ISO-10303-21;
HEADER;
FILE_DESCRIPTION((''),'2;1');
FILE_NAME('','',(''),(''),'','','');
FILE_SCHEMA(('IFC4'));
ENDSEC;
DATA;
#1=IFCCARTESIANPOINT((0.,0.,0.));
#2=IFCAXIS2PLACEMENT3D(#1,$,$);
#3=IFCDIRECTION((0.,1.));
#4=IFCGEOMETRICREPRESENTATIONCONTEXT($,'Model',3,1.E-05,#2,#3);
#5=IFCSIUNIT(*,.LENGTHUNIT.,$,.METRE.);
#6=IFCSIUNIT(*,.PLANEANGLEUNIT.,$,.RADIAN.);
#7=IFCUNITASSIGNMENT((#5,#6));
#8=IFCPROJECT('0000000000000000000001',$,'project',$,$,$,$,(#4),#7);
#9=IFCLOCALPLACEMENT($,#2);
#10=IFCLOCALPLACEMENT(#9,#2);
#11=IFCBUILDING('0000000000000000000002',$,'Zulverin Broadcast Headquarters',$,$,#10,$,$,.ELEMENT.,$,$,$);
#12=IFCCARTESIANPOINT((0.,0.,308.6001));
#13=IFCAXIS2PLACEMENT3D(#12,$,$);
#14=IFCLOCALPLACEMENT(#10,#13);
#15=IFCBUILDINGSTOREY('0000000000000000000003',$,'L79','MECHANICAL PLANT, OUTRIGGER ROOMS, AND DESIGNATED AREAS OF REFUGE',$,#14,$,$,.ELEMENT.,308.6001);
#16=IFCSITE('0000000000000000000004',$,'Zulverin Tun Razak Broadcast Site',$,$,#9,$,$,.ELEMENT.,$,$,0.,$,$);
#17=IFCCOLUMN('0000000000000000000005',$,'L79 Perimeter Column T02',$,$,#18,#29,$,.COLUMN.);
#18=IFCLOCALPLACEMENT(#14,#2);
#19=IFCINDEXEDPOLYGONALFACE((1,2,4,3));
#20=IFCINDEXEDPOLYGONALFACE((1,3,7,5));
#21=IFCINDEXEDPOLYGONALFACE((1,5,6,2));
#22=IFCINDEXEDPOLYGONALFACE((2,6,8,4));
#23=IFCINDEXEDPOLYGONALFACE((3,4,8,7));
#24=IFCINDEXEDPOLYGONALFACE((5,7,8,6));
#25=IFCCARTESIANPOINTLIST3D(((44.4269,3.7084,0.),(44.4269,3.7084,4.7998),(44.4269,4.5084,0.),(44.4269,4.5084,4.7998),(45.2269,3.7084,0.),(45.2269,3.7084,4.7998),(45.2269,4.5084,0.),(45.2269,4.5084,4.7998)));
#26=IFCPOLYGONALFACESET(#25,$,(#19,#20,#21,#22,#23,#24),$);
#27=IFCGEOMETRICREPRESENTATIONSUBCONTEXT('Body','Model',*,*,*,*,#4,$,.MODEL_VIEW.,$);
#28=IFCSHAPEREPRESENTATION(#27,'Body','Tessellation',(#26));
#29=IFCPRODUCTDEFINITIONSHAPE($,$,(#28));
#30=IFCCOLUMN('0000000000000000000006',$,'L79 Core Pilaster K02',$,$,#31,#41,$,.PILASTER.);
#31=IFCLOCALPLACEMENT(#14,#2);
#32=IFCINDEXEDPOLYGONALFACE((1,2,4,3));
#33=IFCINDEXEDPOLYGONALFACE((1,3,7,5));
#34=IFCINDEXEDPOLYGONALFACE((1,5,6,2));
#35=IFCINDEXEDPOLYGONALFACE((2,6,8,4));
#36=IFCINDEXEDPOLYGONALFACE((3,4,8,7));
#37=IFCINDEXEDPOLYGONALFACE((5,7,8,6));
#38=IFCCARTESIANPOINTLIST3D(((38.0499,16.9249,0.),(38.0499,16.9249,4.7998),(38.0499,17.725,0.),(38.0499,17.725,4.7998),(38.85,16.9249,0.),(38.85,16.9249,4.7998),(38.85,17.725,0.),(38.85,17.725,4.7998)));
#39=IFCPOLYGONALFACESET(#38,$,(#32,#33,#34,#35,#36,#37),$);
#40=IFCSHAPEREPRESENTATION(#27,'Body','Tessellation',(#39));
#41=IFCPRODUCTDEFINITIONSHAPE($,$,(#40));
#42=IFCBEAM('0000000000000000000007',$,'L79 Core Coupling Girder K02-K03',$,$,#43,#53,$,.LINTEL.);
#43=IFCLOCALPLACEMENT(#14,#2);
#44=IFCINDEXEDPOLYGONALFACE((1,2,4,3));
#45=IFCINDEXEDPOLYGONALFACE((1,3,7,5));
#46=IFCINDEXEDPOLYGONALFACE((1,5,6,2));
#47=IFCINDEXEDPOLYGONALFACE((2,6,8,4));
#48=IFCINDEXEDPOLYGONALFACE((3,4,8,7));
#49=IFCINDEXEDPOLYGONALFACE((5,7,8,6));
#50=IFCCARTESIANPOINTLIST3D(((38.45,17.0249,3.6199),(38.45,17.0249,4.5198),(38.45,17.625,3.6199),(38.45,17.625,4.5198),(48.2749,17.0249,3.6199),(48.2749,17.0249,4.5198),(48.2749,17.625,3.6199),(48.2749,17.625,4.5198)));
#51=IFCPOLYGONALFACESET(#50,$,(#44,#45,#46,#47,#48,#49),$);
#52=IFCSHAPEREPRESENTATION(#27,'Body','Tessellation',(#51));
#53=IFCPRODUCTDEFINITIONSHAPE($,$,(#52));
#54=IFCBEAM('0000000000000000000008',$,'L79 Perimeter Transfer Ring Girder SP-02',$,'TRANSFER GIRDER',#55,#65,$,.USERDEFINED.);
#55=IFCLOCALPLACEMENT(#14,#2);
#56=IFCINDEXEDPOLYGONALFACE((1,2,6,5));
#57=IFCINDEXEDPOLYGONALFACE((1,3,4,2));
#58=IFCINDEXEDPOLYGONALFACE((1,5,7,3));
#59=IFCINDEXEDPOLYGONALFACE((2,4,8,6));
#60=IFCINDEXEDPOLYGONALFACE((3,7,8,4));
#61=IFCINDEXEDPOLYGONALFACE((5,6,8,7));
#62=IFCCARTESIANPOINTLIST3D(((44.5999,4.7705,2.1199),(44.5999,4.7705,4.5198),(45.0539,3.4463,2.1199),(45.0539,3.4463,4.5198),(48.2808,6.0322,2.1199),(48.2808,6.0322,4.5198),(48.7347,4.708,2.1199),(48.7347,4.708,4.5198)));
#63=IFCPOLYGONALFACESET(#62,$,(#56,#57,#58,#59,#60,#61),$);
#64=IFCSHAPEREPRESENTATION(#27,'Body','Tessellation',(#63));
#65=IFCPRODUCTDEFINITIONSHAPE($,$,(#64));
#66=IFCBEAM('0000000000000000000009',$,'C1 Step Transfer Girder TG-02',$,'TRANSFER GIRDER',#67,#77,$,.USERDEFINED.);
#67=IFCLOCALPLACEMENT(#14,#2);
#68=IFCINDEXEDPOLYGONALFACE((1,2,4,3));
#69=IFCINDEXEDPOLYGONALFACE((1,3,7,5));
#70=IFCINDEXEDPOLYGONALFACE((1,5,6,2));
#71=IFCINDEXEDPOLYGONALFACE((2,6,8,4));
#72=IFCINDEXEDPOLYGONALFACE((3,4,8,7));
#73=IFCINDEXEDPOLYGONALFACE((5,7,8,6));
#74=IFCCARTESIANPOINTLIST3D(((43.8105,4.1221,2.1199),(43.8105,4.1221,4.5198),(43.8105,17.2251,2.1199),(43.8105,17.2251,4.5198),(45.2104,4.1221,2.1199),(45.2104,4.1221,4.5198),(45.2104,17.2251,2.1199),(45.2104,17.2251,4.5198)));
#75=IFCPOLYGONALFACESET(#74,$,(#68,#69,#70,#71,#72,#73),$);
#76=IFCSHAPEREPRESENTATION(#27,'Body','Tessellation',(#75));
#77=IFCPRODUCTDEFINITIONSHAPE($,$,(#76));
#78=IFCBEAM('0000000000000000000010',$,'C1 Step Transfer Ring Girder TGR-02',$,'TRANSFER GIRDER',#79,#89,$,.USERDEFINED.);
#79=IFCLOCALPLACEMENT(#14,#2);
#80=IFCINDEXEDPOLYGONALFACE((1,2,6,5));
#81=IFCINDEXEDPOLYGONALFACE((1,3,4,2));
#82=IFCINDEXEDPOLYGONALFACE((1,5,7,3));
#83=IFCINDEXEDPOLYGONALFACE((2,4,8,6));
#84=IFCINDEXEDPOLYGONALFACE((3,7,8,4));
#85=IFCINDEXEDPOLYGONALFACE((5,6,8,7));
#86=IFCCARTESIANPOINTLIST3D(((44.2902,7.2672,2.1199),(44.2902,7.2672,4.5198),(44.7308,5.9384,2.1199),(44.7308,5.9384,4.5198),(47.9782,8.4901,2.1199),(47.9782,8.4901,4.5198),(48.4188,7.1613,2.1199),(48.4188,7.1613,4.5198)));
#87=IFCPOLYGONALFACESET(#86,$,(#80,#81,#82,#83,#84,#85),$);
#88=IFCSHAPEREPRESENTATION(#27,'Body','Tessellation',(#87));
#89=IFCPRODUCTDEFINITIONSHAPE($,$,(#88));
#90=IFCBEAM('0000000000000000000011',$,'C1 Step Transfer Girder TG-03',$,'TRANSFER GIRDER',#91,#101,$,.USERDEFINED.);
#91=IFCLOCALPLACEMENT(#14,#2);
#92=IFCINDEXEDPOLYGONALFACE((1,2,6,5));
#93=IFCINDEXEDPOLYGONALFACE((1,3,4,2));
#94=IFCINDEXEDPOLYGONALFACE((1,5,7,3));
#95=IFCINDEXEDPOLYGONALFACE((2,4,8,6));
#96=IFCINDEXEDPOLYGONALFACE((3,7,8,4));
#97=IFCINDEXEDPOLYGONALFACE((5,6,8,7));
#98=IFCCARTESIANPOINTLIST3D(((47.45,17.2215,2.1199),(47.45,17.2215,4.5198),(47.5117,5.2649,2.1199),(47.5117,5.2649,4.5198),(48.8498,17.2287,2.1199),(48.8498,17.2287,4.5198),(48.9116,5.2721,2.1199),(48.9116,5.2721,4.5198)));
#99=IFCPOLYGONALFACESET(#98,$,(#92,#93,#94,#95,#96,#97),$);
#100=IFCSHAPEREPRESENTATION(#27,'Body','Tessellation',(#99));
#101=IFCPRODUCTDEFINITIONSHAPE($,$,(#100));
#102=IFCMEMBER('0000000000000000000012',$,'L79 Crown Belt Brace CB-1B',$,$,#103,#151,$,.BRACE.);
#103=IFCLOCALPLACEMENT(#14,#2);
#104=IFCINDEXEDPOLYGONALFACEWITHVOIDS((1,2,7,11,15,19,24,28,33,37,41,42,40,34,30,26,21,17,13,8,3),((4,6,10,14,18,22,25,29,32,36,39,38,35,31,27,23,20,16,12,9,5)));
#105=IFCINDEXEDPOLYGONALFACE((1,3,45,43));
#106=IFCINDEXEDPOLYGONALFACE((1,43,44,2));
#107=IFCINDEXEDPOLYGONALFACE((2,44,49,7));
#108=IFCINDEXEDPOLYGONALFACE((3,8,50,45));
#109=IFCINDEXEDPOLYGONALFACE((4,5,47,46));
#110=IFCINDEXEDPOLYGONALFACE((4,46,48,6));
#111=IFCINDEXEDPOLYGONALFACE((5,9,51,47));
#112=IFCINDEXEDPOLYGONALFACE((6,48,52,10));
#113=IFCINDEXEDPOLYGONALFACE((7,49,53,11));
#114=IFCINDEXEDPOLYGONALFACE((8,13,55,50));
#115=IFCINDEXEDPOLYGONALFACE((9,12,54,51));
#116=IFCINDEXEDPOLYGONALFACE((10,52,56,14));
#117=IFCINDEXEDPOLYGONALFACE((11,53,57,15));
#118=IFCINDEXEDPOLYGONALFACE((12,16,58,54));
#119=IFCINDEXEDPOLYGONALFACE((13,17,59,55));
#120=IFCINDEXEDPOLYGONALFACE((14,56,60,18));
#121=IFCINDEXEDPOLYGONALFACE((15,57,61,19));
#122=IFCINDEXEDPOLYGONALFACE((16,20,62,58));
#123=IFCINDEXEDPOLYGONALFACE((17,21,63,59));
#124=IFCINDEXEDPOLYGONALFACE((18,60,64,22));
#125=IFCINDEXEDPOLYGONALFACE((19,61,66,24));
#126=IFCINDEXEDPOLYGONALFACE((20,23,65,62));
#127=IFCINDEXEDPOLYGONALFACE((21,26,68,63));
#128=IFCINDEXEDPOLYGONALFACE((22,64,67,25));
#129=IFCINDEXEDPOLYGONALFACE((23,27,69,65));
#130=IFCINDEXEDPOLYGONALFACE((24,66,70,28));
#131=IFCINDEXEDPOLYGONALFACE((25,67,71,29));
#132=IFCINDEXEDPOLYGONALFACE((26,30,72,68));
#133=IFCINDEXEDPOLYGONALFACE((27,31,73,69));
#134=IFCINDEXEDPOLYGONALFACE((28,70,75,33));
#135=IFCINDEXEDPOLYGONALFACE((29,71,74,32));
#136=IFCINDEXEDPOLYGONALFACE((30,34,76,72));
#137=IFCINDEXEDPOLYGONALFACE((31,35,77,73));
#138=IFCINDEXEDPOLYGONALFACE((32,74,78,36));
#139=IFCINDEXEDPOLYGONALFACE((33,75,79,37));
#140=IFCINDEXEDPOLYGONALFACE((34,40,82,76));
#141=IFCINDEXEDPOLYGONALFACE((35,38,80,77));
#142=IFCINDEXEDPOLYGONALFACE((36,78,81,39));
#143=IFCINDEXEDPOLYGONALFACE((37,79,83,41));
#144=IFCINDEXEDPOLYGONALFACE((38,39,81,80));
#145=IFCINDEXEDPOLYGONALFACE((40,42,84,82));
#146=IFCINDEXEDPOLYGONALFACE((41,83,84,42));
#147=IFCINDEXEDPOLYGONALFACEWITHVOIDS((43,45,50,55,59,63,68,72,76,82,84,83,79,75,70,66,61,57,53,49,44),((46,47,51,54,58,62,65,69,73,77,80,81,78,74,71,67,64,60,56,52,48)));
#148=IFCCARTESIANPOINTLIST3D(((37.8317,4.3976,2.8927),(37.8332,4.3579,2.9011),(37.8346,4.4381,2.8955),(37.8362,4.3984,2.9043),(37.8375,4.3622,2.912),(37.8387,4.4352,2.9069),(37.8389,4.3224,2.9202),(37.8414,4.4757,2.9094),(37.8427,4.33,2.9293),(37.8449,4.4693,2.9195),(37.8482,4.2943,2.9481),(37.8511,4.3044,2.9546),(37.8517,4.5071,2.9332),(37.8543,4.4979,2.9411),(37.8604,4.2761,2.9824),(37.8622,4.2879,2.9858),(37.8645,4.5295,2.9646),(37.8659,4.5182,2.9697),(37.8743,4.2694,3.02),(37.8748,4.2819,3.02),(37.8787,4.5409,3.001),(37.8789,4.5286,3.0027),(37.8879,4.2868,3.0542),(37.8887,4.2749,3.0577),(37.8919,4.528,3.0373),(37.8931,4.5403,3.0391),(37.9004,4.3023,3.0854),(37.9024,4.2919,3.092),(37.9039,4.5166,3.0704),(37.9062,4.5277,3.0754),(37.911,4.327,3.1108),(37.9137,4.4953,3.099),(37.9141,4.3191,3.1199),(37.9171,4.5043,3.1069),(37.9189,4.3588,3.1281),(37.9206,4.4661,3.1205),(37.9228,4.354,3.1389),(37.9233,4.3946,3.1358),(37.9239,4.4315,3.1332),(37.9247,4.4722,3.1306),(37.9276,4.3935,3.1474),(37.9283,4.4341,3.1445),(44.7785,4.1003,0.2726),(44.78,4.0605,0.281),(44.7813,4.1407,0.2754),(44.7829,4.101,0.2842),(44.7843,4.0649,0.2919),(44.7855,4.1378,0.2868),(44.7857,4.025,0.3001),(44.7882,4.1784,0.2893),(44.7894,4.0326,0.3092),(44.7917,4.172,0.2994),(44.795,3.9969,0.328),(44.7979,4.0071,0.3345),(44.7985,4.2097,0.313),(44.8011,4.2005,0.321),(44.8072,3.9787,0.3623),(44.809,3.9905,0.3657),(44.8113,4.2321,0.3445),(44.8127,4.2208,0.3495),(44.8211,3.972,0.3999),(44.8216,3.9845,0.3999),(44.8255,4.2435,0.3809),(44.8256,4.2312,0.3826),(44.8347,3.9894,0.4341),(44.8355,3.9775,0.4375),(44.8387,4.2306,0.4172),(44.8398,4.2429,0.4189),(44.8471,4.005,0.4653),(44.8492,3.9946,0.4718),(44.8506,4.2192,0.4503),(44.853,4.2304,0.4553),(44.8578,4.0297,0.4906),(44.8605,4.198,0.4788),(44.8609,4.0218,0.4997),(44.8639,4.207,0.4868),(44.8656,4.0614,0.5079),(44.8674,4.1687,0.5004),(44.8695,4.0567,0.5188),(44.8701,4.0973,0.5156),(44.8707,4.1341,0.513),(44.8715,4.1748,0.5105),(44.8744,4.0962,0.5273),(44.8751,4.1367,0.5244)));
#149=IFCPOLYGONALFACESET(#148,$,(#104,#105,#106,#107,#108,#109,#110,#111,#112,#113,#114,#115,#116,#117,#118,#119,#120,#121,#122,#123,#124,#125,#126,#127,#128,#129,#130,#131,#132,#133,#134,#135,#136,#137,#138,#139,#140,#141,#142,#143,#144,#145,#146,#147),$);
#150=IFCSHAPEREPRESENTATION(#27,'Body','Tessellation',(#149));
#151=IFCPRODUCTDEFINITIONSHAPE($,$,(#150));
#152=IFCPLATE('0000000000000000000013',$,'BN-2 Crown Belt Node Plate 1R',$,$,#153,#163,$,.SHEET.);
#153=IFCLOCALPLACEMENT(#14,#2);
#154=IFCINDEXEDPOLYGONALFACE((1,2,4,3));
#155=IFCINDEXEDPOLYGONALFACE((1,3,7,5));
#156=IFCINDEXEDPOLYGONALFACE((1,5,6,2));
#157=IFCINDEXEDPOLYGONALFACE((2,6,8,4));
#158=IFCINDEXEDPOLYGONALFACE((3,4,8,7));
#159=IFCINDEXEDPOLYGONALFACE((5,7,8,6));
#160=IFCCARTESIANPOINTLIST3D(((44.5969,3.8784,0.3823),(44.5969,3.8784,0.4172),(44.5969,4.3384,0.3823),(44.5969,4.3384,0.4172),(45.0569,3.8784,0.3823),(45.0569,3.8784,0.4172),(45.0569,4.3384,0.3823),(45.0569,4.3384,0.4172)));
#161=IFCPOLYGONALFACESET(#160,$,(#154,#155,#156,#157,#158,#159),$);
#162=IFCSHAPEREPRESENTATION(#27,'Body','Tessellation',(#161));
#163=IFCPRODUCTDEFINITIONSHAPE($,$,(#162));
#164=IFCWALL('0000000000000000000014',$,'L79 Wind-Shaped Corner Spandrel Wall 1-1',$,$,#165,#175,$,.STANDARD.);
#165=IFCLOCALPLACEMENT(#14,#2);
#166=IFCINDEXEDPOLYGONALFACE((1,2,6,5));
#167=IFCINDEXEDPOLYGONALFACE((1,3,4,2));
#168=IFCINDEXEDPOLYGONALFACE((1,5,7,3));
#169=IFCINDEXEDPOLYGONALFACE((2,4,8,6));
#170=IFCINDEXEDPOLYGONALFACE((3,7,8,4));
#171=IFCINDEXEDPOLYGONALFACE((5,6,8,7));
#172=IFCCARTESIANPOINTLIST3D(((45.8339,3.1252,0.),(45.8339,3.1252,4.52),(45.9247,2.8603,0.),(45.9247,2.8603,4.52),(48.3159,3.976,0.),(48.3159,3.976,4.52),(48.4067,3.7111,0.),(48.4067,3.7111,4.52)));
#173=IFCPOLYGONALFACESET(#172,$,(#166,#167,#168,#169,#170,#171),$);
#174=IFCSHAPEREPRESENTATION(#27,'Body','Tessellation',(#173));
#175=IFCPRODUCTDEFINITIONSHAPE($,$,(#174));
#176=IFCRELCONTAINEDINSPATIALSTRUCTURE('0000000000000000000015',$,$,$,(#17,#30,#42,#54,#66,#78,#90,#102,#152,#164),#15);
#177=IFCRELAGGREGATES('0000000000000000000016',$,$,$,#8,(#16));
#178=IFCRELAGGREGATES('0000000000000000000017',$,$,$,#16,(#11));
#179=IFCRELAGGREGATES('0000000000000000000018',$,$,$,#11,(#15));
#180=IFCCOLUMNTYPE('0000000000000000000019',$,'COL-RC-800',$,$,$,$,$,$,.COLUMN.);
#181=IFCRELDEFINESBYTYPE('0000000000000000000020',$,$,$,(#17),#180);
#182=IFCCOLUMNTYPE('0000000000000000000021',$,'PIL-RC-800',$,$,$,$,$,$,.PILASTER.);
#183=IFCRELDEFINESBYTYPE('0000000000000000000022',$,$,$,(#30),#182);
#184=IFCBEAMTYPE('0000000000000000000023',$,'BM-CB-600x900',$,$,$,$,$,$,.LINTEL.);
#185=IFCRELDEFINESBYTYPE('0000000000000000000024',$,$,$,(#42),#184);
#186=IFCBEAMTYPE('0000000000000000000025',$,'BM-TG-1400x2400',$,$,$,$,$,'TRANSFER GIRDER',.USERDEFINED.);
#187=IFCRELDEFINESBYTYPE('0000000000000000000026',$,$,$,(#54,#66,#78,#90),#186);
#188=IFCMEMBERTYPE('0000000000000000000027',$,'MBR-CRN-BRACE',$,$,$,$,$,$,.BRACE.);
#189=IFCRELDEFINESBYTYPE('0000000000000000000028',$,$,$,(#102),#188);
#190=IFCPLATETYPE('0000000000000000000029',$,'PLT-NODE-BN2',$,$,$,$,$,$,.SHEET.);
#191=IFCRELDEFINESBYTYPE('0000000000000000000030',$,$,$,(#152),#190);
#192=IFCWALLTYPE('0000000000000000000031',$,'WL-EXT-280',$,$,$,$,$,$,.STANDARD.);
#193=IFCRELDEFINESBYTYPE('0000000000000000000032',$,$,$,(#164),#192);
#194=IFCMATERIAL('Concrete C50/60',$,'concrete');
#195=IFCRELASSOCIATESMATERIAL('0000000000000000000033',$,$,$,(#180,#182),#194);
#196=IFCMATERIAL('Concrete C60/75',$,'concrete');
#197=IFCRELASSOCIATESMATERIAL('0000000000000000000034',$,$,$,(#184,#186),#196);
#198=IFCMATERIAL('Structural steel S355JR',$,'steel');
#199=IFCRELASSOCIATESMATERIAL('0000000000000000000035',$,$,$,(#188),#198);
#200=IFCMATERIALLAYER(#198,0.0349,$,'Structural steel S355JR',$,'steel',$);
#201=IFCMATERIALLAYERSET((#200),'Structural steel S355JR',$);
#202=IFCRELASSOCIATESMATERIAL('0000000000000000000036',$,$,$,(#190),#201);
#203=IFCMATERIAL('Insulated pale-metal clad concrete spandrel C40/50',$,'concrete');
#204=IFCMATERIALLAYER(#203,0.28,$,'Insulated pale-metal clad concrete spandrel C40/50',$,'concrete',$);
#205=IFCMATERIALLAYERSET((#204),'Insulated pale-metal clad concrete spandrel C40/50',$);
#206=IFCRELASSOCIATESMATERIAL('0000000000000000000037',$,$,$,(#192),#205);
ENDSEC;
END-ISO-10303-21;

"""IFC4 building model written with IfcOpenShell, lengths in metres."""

from ifc_helpers import new_model, si_unit, direction, frame, frame_2d, origin, origin_2d, place, context, subcontext, project, spatial, rectangle, hollow_circle, extrude, material, layer, layer_set, material_profile, profile_set, type_object, element, save


model = new_model("IFC4")

# Units and contexts
model_context = context("Model", 3, precision=1e-05, world=origin(), true_north=direction((0.0, 1.0)))
body_context = subcontext(model_context, "Body", "Model", "MODEL_VIEW")
ifc_project = project(units=[si_unit("LENGTHUNIT", "METRE"), si_unit("PLANEANGLEUNIT", "RADIAN")], contexts=[model_context])

# Site, building, storey
site_placement = place(None, origin())
site = spatial("IfcSite", under=ifc_project, at=site_placement, Name="Zulverin Tun Razak Broadcast Site", CompositionType="ELEMENT", RefElevation=0.0)
building_placement = place(site_placement, origin())
building = spatial("IfcBuilding", under=site, at=building_placement, Name="Zulverin Broadcast Headquarters", CompositionType="ELEMENT")
storey_placement = place(building_placement, frame((0.0, 0.0, 308.6001)))
storey = spatial("IfcBuildingStorey", under=building, at=storey_placement, Name="L79", Description="MECHANICAL PLANT, OUTRIGGER ROOMS, AND DESIGNATED AREAS OF REFUGE", CompositionType="ELEMENT", Elevation=308.6001)

# Columns
ifc_material_1 = material(Name="Concrete C50/60", Category="concrete")
ifc_material_profile_1 = material_profile(ifc_material_1, rectangle(XDim=0.8, YDim=0.8, at=origin_2d()), Name="Concrete C50/60", Category="concrete")
ifc_profile_set_1 = profile_set([ifc_material_profile_1], Name="Concrete C50/60")
column_type_1 = type_object("IfcColumnType", Name="COL-RC-800", PredefinedType="COLUMN", material=ifc_profile_set_1)
column_1_placement = place(storey_placement, frame((44.8269, 4.1084, 0.0), z_axis=(0.0, 0.0, 1.0), x_axis=(1.0, 0.0, 0.0)))
element("IfcColumn", 1, at=column_1_placement, inside=storey, type_object=column_type_1, Name="L79 Perimeter Column T02", PredefinedType="COLUMN", context=body_context, shape_type="SweptSolid", body=[
    extrude(rectangle(XDim=0.8, YDim=0.8, at=origin_2d()), origin(), (0.0, 0.0, 1.0), 4.7998),
])
ifc_material_profile_2 = material_profile(ifc_material_1, rectangle(XDim=0.8, YDim=0.8, at=origin_2d()), Name="Concrete C50/60", Category="concrete")
ifc_profile_set_2 = profile_set([ifc_material_profile_2], Name="Concrete C50/60")
column_type_2 = type_object("IfcColumnType", Name="PIL-RC-800", PredefinedType="PILASTER", material=ifc_profile_set_2)
column_2_placement = place(storey_placement, frame((38.45, 17.325, 0.0), z_axis=(0.0, 0.0, 1.0), x_axis=(1.0, 0.0, 0.0)))
element("IfcColumn", 2, at=column_2_placement, inside=storey, type_object=column_type_2, Name="L79 Core Pilaster K02", PredefinedType="PILASTER", context=body_context, shape_type="SweptSolid", body=[
    extrude(rectangle(XDim=0.8, YDim=0.8, at=origin_2d()), origin(), (0.0, 0.0, 1.0), 4.7998),
])

# Beams
ifc_material_2 = material(Name="Concrete C60/75", Category="concrete")
ifc_material_profile_3 = material_profile(ifc_material_2, rectangle(XDim=0.6001, YDim=0.8999, at=origin_2d()), Name="Concrete C60/75", Category="concrete")
ifc_profile_set_3 = profile_set([ifc_material_profile_3], Name="Concrete C60/75")
beam_type_1 = type_object("IfcBeamType", Name="BM-CB-600x900", PredefinedType="LINTEL", material=ifc_profile_set_3)
beam_1_placement = place(storey_placement, frame((38.45, 17.325, 4.0698), z_axis=(1.0, 0.0, 0.0), x_axis=(0.0, 1.0, 0.0)))
element("IfcBeam", 3, at=beam_1_placement, inside=storey, type_object=beam_type_1, Name="L79 Core Coupling Girder K02-K03", PredefinedType="LINTEL", context=body_context, shape_type="SweptSolid", body=[
    extrude(rectangle(XDim=0.6001, YDim=0.8999, at=origin_2d()), origin(), (0.0, 0.0, 1.0), 9.825),
])
ifc_material_profile_4 = material_profile(ifc_material_2, rectangle(XDim=1.3999, YDim=2.3999, at=origin_2d()), Name="Concrete C60/75", Category="concrete")
ifc_profile_set_4 = profile_set([ifc_material_profile_4], Name="Concrete C60/75")
beam_type_2 = type_object("IfcBeamType", Name="BM-TG-1400x2400", ElementType="TRANSFER GIRDER", PredefinedType="USERDEFINED", material=ifc_profile_set_4)
beam_2_placement = place(storey_placement, frame((44.8269, 4.1084, 3.3198), z_axis=(0.94597, 0.324254, 0.0), x_axis=(-0.324254, 0.94597, 0.0)))
element("IfcBeam", 4, at=beam_2_placement, inside=storey, type_object=beam_type_2, Name="L79 Perimeter Transfer Ring Girder SP-02", ObjectType="TRANSFER GIRDER", PredefinedType="USERDEFINED", context=body_context, shape_type="SweptSolid", body=[
    extrude(rectangle(XDim=1.3999, YDim=2.3999, at=origin_2d()), origin(), (0.0, 0.0, 1.0), 3.8911),
])
beam_3_placement = place(storey_placement, frame((44.5105, 17.2251, 3.3198), z_axis=(0.0, -1.0, 0.0), x_axis=(1.0, 0.0, 0.0)))
element("IfcBeam", 5, at=beam_3_placement, inside=storey, type_object=beam_type_2, Name="C1 Step Transfer Girder TG-02", ObjectType="TRANSFER GIRDER", PredefinedType="USERDEFINED", context=body_context, shape_type="SweptSolid", body=[
    extrude(rectangle(XDim=1.3999, YDim=2.3999, at=origin_2d()), origin(), (0.0, 0.0, 1.0), 13.103),
])
beam_4_placement = place(storey_placement, frame((44.5105, 6.6028, 3.3198), z_axis=(0.949179, 0.314738, 0.0), x_axis=(-0.314738, 0.949179, 0.0)))
element("IfcBeam", 6, at=beam_4_placement, inside=storey, type_object=beam_type_2, Name="C1 Step Transfer Ring Girder TGR-02", ObjectType="TRANSFER GIRDER", PredefinedType="USERDEFINED", context=body_context, shape_type="SweptSolid", body=[
    extrude(rectangle(XDim=1.3999, YDim=2.3999, at=origin_2d()), origin(), (0.0, 0.0, 1.0), 3.8855),
])
beam_5_placement = place(storey_placement, frame((48.1499, 17.2251, 3.3198), z_axis=(0.005166, -0.999987, 0.0), x_axis=(0.999987, 0.005166, 0.0)))
element("IfcBeam", 7, at=beam_5_placement, inside=storey, type_object=beam_type_2, Name="C1 Step Transfer Girder TG-03", ObjectType="TRANSFER GIRDER", PredefinedType="USERDEFINED", context=body_context, shape_type="SweptSolid", body=[
    extrude(rectangle(XDim=1.3999, YDim=2.3999, at=origin_2d()), origin(), (0.0, 0.0, 1.0), 11.9568),
])

# Member
ifc_material_3 = material(Name="Structural steel S355JR", Category="steel")
ifc_material_profile_5 = material_profile(ifc_material_3, hollow_circle(Radius=0.1365, WallThickness=0.0125, at=origin_2d()), Name="Structural steel S355JR", Category="steel")
ifc_profile_set_5 = profile_set([ifc_material_profile_5], Name="Structural steel S355JR")
member_type = type_object("IfcMemberType", Name="MBR-CRN-BRACE", PredefinedType="BRACE", material=ifc_profile_set_5)
member_placement = place(storey_placement, frame((44.8269, 4.1084, 0.3999), z_axis=(-0.93491, 0.04002, 0.35262), x_axis=(-0.042767, -0.999085, 0.0)))
element("IfcMember", 8, at=member_placement, inside=storey, type_object=member_type, Name="L79 Crown Belt Brace CB-1B", PredefinedType="BRACE", context=body_context, shape_type="SweptSolid", body=[
    extrude(hollow_circle(Radius=0.1365, WallThickness=0.0125, at=origin_2d()), origin(), (0.0, 0.0, 1.0), 7.4304),
])

# Plate
ifc_layer_1 = layer(ifc_material_3, 0.0349, Name="Structural steel S355JR", Category="steel")
ifc_layer_set_1 = layer_set([ifc_layer_1], Name="Structural steel S355JR")
plate_type = type_object("IfcPlateType", Name="PLT-NODE-BN2", PredefinedType="SHEET", material=ifc_layer_set_1)
plate_placement = place(storey_placement, frame((44.8269, 4.1084, 0.3823), z_axis=(0.0, 0.0, 1.0), x_axis=(1.0, 0.0, 0.0)))
element("IfcPlate", 9, at=plate_placement, inside=storey, type_object=plate_type, Name="BN-2 Crown Belt Node Plate 1R", PredefinedType="SHEET", context=body_context, shape_type="SweptSolid", body=[
    extrude(rectangle(XDim=0.46, YDim=0.46, at=origin_2d()), origin(), (0.0, 0.0, 1.0), 0.0349),
])

# Wall
ifc_material_4 = material(Name="Insulated pale-metal clad concrete spandrel C40/50", Category="concrete")
ifc_layer_2 = layer(ifc_material_4, 0.28, Name="Insulated pale-metal clad concrete spandrel C40/50", Category="concrete")
ifc_layer_set_2 = layer_set([ifc_layer_2], Name="Insulated pale-metal clad concrete spandrel C40/50")
wall_type_1 = type_object("IfcWallType", Name="WL-EXT-280", PredefinedType="STANDARD", material=ifc_layer_set_2)
wall_1_placement = place(storey_placement, frame((45.8792, 2.9927, 0.0), z_axis=(0.0, 0.0, 1.0), x_axis=(0.94596, 0.324284, 0.0)))
element("IfcWall", 10, at=wall_1_placement, inside=storey, type_object=wall_type_1, Name="L79 Wind-Shaped Corner Spandrel Wall 1-1", PredefinedType="STANDARD", context=body_context, shape_type="SweptSolid", body=[
    extrude(rectangle(XDim=2.6238, YDim=0.28, at=frame_2d((1.312, 0.0))), origin(), (0.0, 0.0, 1.0), 4.52),
])

save(model, "model.ifc")
